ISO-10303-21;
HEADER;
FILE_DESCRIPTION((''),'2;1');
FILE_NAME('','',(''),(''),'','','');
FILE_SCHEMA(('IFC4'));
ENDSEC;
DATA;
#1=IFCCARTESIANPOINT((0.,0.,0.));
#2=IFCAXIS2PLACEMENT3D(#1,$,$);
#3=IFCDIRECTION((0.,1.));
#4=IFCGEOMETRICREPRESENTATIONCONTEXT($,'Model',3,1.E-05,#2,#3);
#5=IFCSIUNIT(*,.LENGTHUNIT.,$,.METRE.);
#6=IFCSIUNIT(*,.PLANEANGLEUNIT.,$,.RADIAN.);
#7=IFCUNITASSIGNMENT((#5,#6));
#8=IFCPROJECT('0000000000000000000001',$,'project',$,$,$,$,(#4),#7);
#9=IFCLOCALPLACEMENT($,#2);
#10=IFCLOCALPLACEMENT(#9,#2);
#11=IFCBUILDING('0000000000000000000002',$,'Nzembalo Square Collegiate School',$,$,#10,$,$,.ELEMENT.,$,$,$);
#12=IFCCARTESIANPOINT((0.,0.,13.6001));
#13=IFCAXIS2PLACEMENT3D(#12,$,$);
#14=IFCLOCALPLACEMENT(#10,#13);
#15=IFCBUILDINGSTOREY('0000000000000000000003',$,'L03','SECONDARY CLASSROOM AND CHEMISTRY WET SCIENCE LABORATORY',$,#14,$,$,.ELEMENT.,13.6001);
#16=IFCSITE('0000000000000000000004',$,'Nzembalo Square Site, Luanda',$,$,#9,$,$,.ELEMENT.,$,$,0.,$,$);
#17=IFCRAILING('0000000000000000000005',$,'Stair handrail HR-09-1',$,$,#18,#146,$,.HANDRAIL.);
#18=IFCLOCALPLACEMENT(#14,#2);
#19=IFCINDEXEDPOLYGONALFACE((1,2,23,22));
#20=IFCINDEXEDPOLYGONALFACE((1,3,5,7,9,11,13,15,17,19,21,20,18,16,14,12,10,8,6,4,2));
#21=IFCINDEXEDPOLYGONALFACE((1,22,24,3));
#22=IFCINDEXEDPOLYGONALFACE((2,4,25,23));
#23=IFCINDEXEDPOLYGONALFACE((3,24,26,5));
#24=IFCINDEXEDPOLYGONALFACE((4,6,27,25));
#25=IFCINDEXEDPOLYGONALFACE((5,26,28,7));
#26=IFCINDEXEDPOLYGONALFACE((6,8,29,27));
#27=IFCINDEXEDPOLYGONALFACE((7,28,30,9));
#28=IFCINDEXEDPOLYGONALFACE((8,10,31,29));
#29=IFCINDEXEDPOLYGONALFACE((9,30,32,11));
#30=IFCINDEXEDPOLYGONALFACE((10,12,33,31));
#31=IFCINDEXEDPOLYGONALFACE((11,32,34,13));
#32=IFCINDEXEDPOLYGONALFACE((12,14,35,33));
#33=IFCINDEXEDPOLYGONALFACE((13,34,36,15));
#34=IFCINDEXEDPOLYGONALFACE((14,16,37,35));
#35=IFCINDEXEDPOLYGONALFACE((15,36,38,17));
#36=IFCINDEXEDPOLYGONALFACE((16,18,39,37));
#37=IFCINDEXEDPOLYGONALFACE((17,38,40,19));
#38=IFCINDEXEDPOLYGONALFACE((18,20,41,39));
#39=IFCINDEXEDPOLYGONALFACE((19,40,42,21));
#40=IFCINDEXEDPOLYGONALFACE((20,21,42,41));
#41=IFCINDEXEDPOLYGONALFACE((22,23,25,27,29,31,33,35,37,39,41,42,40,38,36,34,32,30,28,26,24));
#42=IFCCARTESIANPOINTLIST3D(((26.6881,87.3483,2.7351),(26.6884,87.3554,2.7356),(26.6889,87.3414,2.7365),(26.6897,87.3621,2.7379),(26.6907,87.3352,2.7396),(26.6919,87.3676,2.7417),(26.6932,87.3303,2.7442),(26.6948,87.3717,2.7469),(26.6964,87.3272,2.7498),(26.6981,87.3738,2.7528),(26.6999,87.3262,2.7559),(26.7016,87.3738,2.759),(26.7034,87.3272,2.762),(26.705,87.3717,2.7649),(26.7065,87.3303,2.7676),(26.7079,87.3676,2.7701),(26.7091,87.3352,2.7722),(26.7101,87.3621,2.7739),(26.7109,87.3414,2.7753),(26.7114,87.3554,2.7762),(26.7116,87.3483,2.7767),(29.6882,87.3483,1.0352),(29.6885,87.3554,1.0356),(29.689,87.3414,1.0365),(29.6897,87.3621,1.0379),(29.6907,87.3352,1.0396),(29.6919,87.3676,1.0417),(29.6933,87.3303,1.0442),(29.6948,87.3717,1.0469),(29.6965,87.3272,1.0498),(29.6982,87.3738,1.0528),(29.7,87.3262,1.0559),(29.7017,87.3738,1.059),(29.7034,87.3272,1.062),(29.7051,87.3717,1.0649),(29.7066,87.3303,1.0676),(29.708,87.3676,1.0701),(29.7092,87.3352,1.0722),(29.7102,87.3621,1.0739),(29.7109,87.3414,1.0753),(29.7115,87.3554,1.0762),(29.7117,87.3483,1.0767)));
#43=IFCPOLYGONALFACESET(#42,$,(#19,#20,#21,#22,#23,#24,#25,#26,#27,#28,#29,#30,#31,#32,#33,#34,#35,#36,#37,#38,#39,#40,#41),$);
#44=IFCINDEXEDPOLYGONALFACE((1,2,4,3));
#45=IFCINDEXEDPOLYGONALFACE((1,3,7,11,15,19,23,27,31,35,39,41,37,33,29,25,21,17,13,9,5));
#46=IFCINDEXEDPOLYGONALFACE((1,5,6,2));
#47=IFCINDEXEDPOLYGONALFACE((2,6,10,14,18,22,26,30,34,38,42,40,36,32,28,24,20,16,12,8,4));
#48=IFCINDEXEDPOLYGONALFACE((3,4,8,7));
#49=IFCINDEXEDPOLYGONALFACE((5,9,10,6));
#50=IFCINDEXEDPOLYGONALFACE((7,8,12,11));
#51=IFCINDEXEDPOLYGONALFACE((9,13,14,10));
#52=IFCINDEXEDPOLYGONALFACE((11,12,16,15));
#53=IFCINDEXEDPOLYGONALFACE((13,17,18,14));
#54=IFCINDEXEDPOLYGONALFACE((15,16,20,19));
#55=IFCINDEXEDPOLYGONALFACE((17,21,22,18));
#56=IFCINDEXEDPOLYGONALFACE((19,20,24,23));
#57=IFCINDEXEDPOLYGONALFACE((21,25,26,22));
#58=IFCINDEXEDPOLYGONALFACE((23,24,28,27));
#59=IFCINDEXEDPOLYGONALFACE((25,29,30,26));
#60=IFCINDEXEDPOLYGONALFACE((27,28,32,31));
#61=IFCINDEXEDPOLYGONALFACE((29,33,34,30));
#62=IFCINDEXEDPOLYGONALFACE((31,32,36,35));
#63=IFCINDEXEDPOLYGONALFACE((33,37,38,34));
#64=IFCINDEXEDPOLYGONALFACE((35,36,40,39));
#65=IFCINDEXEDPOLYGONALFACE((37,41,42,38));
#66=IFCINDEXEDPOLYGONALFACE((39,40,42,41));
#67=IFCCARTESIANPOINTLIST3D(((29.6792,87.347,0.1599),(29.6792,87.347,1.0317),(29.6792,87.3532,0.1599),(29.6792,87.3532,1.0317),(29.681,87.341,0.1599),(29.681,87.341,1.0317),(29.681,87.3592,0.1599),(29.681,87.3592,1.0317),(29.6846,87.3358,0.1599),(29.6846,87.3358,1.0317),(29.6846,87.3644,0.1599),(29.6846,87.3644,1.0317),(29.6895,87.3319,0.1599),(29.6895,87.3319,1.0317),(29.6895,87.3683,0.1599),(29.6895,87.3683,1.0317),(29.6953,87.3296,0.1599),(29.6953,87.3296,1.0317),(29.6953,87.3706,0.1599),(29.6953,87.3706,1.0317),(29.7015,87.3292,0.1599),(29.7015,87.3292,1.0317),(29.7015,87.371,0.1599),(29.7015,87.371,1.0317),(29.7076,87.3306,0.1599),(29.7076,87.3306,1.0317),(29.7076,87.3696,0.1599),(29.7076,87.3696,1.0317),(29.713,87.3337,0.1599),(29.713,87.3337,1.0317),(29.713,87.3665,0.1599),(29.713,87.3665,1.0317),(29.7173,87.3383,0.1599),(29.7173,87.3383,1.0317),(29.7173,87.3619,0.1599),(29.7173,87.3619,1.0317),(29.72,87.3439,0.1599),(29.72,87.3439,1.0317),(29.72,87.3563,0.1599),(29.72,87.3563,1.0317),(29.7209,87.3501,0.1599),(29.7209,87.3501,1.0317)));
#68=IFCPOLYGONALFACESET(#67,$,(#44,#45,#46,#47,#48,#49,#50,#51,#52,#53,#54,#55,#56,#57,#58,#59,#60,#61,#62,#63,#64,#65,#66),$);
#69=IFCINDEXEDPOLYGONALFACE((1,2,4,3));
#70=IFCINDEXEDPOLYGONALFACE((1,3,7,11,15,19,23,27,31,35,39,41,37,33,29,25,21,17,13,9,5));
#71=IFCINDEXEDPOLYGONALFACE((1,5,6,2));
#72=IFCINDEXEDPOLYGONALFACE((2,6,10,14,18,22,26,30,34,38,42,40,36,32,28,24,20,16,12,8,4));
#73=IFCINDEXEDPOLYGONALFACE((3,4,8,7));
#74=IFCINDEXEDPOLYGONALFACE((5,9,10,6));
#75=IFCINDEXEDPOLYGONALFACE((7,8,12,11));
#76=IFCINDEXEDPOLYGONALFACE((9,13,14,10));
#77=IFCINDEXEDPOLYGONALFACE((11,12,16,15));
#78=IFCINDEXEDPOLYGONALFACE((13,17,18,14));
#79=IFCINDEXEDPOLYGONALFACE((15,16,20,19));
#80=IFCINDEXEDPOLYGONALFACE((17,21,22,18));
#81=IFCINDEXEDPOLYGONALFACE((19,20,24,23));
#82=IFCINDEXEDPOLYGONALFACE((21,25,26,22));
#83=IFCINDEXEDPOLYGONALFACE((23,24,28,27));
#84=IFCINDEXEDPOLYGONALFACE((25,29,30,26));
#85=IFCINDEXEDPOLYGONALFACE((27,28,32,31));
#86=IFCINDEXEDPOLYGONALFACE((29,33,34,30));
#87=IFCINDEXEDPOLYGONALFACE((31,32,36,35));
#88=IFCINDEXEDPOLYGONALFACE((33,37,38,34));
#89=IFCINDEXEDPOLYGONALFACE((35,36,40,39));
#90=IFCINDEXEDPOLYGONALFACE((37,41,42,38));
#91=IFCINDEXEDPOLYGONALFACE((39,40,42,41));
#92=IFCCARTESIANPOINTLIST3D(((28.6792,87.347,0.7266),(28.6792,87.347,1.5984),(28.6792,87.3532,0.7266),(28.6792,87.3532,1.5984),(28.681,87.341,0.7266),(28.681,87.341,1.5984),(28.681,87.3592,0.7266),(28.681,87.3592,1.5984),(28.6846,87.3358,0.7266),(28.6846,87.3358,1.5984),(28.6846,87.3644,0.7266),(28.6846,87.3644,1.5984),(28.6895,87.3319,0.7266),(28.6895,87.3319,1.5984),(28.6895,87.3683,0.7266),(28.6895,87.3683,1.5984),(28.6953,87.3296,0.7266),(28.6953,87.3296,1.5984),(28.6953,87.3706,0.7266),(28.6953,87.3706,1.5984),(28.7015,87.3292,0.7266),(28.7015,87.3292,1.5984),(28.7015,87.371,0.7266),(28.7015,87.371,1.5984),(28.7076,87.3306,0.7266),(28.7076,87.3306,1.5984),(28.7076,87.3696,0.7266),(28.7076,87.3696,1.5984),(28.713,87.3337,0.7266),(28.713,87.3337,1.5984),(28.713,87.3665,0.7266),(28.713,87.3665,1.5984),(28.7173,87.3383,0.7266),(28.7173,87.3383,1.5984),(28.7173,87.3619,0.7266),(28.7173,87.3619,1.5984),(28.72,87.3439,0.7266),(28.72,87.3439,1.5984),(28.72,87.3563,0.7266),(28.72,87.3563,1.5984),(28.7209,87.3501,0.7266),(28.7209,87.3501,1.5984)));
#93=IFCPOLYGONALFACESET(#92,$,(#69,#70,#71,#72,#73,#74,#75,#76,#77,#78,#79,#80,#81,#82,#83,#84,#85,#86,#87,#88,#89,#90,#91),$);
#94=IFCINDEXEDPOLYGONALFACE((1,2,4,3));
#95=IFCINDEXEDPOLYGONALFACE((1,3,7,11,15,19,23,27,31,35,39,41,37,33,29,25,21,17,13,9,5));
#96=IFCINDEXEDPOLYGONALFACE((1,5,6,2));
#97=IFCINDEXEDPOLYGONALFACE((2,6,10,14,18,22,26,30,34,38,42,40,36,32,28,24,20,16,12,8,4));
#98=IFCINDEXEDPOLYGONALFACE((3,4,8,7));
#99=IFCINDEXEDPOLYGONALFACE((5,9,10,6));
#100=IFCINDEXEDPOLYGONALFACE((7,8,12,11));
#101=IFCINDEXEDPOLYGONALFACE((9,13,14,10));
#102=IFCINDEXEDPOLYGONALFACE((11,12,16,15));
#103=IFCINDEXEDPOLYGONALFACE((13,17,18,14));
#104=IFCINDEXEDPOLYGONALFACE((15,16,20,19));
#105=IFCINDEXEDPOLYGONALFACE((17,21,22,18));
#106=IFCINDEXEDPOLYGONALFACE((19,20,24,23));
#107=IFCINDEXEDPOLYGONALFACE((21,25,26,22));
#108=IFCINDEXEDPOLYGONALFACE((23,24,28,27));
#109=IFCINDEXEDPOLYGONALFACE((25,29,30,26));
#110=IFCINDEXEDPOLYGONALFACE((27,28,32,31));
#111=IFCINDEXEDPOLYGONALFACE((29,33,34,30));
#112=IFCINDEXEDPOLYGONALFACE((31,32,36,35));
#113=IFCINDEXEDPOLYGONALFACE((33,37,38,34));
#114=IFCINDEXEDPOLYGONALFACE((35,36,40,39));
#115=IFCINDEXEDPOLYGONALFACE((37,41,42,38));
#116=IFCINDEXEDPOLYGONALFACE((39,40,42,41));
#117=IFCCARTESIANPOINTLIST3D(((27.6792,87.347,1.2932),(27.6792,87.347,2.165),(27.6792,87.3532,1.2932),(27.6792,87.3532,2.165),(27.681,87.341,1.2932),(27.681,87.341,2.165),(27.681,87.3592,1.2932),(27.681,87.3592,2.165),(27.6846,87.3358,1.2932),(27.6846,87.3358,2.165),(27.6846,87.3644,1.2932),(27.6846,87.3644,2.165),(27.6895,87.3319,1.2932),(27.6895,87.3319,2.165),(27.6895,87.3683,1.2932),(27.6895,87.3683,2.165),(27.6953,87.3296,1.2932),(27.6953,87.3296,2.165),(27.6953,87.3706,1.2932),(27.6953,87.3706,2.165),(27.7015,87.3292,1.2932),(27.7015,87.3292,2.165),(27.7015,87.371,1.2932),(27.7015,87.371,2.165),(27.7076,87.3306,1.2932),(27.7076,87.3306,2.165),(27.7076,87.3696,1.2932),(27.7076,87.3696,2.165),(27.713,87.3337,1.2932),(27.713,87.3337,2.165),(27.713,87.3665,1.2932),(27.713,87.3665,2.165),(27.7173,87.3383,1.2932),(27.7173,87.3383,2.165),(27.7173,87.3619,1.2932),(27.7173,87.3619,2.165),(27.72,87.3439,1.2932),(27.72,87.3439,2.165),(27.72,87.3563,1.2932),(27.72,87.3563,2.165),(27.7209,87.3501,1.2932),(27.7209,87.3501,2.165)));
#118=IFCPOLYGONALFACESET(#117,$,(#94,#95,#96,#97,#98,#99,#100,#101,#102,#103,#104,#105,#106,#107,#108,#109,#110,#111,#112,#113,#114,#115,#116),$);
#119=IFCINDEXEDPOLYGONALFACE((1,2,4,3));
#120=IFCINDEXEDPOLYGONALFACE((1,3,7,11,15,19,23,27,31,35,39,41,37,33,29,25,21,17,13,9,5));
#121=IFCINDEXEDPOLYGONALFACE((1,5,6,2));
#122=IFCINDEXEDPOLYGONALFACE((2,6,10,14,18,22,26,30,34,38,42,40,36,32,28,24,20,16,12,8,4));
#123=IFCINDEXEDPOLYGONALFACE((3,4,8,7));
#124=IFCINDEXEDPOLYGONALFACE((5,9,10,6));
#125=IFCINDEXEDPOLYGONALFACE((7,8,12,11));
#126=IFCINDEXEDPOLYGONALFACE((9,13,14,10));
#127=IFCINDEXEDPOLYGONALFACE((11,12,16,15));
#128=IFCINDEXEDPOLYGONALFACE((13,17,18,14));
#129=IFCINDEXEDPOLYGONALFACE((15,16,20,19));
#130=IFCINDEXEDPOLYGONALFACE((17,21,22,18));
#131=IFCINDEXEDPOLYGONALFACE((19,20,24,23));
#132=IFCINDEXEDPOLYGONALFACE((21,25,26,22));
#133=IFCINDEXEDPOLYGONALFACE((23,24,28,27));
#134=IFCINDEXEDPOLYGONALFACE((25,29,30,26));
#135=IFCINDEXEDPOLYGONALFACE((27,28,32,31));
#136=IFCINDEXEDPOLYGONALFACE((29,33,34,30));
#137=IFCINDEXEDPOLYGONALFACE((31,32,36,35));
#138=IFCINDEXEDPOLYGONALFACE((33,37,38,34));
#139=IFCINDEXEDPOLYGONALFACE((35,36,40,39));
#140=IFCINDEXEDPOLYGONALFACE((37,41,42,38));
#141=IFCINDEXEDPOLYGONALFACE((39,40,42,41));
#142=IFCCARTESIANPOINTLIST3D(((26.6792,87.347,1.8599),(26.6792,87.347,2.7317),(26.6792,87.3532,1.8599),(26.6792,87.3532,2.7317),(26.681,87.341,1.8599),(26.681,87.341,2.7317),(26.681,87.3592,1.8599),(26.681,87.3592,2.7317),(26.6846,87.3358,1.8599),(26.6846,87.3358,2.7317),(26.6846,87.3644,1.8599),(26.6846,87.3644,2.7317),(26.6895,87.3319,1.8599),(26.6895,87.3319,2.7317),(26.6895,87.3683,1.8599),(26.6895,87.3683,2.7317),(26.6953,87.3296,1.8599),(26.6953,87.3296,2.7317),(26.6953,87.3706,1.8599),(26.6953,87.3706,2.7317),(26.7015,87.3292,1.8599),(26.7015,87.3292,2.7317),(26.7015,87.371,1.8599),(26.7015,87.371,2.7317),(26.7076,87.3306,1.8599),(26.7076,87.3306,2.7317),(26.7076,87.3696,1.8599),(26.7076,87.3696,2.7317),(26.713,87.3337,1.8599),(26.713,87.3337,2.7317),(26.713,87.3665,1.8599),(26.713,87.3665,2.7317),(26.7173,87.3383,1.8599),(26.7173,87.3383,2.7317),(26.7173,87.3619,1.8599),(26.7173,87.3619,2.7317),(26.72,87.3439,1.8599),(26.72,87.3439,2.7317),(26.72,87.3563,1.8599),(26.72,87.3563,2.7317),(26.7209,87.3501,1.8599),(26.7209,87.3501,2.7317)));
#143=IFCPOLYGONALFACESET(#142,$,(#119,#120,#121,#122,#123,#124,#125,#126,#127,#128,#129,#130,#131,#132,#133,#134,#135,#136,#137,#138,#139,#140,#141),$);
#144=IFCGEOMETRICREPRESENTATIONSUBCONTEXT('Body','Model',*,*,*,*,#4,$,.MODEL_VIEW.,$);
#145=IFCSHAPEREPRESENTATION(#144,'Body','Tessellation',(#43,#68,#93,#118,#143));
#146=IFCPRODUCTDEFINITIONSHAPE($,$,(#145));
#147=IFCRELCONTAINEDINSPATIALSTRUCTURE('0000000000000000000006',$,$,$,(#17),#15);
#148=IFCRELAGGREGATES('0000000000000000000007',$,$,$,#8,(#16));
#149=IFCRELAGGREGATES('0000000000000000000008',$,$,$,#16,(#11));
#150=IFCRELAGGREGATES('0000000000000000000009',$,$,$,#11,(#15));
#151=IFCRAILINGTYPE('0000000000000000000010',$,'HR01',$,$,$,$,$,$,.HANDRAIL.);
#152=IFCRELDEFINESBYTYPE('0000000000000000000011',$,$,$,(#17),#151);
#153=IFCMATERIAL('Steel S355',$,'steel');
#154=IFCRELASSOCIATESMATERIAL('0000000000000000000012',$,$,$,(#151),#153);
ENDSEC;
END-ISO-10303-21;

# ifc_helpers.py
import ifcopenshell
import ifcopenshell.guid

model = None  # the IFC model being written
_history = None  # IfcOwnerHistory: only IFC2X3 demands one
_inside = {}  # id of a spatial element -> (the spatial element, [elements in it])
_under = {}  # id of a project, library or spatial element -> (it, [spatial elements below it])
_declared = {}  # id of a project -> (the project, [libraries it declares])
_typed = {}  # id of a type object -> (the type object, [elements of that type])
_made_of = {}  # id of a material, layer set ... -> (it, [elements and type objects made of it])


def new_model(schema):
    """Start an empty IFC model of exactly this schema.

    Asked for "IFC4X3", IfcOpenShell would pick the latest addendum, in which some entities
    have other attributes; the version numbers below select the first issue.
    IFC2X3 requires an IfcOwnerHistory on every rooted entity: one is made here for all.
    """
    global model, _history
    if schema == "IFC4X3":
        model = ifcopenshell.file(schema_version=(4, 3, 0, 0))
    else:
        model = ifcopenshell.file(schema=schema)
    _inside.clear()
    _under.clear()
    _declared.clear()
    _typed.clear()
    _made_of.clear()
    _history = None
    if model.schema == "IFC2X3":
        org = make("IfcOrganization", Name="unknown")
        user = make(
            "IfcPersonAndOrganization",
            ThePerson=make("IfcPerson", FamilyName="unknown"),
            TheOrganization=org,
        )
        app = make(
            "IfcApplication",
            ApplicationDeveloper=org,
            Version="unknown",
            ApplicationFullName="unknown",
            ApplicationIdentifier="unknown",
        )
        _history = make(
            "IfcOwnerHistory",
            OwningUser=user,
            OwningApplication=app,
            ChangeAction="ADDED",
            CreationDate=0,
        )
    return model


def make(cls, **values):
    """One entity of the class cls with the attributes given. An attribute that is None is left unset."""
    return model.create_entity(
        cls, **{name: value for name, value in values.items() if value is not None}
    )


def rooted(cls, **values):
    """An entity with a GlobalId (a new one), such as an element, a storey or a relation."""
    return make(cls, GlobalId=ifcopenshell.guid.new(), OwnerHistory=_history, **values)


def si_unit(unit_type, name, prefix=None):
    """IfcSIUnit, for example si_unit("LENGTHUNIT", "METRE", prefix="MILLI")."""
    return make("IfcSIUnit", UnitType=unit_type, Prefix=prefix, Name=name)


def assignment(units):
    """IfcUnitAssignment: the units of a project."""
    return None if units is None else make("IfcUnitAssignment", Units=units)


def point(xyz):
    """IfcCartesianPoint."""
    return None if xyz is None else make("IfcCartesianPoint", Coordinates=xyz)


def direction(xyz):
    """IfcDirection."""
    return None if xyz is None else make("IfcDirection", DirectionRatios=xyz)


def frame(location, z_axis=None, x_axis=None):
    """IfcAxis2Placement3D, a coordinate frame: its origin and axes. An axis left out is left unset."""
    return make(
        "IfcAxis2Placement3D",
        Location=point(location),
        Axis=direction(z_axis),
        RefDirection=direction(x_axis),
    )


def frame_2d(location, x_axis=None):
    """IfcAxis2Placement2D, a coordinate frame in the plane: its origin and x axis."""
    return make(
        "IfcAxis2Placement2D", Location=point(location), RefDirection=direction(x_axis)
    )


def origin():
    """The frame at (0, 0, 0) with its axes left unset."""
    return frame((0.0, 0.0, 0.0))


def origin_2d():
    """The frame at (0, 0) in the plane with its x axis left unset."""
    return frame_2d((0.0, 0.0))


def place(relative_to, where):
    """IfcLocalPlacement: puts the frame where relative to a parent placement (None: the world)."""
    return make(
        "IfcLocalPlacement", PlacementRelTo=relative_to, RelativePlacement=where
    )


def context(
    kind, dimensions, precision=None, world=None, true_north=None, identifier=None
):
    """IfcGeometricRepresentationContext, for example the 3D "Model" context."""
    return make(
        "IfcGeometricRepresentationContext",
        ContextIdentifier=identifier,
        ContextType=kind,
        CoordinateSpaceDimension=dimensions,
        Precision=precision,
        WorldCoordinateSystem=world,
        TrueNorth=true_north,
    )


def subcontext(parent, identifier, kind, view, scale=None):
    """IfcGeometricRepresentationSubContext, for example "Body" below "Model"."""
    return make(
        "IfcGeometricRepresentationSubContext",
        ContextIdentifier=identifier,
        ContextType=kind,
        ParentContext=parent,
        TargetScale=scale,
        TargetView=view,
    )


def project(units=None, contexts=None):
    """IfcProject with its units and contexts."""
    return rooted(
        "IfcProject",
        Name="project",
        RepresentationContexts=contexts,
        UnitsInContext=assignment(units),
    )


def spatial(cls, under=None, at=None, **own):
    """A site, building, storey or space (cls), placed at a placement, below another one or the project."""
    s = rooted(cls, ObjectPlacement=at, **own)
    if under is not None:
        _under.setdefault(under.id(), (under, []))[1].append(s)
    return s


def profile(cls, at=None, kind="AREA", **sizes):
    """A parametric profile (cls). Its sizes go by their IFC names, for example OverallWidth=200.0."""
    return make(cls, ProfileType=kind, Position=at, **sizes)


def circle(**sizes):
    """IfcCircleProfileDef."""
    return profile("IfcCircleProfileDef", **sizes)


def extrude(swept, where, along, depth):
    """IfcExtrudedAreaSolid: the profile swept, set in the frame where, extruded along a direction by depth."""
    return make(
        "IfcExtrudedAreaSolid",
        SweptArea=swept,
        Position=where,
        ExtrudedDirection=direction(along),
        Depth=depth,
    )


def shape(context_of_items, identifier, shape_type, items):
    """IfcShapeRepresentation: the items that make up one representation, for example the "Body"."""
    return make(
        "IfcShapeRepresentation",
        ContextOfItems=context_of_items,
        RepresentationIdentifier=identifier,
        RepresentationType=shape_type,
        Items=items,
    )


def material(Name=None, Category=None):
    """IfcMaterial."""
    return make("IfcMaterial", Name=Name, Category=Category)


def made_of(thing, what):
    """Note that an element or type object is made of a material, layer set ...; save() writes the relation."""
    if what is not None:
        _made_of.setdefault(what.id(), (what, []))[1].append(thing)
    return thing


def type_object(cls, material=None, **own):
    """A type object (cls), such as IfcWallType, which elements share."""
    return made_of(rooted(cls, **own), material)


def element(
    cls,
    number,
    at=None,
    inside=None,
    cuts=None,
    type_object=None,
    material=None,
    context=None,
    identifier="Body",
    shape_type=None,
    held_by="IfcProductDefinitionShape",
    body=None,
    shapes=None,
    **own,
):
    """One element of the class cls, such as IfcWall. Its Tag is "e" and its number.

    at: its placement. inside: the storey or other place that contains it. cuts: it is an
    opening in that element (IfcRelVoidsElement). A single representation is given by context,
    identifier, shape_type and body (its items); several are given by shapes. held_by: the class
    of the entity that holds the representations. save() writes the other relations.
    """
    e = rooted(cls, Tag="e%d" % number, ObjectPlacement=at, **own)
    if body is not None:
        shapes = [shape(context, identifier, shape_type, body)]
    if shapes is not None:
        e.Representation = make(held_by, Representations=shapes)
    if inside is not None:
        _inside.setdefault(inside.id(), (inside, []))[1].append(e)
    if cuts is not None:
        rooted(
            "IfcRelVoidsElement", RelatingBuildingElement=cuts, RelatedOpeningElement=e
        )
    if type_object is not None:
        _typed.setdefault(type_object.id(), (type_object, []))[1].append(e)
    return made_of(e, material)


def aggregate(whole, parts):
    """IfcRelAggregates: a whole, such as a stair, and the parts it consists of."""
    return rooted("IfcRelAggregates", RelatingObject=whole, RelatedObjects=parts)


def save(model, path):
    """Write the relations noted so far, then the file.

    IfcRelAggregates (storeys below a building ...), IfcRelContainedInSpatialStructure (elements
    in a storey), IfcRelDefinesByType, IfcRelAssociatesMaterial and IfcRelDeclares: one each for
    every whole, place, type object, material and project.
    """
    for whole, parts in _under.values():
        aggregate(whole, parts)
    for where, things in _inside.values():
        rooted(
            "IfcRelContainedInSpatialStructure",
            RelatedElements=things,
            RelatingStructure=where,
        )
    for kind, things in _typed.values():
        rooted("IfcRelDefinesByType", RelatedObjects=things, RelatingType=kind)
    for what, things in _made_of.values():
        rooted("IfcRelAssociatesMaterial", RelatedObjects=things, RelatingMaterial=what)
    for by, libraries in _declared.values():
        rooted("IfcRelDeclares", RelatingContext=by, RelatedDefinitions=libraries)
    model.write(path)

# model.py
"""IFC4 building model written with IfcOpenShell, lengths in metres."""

from ifc_helpers import new_model, si_unit, direction, frame, origin, origin_2d, place, context, subcontext, project, spatial, circle, extrude, material, type_object, element, save


model = new_model("IFC4")

# Units and contexts
model_context = context("Model", 3, precision=1e-05, world=origin(), true_north=direction((0.0, 1.0)))
body_context = subcontext(model_context, "Body", "Model", "MODEL_VIEW")
ifc_project = project(units=[si_unit("LENGTHUNIT", "METRE"), si_unit("PLANEANGLEUNIT", "RADIAN")], contexts=[model_context])

# Site, building, storey
site_placement = place(None, origin())
site = spatial("IfcSite", under=ifc_project, at=site_placement, Name="Nzembalo Square Site, Luanda", CompositionType="ELEMENT", RefElevation=0.0)
building_placement = place(site_placement, origin())
building = spatial("IfcBuilding", under=site, at=building_placement, Name="Nzembalo Square Collegiate School", CompositionType="ELEMENT")
storey_placement = place(building_placement, frame((0.0, 0.0, 13.6001)))
storey = spatial("IfcBuildingStorey", under=building, at=storey_placement, Name="L03", Description="SECONDARY CLASSROOM AND CHEMISTRY WET SCIENCE LABORATORY", CompositionType="ELEMENT", Elevation=13.6001)

# Railing
ifc_material_1 = material(Name="Steel S355", Category="steel")
railing_type_1 = type_object("IfcRailingType", Name="HR01", PredefinedType="HANDRAIL", material=ifc_material_1)
railing_1_placement = place(storey_placement, frame((29.7, 87.3501, 0.1599)))
element("IfcRailing", 1, at=railing_1_placement, inside=storey, type_object=railing_type_1, Name="Stair handrail HR-09-1", PredefinedType="HANDRAIL", context=body_context, shape_type="SweptSolid", body=[
    extrude(circle(Radius=0.0239, at=origin_2d()), frame((0.0, 0.0, 0.896), z_axis=(-0.870028, 0.0, 0.493002), x_axis=(0.0, -1.0, 0.0)), (0.0, 0.0, 1.0), 3.4482),
    extrude(circle(Radius=0.021, at=origin_2d()), origin(), (0.0, 0.0, 1.0), 0.8718),
    extrude(circle(Radius=0.021, at=origin_2d()), frame((-1.0, 0.0, 0.5667)), (0.0, 0.0, 1.0), 0.8718),
    extrude(circle(Radius=0.021, at=origin_2d()), frame((-2.0, 0.0, 1.1333)), (0.0, 0.0, 1.0), 0.8718),
    extrude(circle(Radius=0.021, at=origin_2d()), frame((-3.0, 0.0, 1.7)), (0.0, 0.0, 1.0), 0.8718),
])

save(model, "model.ifc")
